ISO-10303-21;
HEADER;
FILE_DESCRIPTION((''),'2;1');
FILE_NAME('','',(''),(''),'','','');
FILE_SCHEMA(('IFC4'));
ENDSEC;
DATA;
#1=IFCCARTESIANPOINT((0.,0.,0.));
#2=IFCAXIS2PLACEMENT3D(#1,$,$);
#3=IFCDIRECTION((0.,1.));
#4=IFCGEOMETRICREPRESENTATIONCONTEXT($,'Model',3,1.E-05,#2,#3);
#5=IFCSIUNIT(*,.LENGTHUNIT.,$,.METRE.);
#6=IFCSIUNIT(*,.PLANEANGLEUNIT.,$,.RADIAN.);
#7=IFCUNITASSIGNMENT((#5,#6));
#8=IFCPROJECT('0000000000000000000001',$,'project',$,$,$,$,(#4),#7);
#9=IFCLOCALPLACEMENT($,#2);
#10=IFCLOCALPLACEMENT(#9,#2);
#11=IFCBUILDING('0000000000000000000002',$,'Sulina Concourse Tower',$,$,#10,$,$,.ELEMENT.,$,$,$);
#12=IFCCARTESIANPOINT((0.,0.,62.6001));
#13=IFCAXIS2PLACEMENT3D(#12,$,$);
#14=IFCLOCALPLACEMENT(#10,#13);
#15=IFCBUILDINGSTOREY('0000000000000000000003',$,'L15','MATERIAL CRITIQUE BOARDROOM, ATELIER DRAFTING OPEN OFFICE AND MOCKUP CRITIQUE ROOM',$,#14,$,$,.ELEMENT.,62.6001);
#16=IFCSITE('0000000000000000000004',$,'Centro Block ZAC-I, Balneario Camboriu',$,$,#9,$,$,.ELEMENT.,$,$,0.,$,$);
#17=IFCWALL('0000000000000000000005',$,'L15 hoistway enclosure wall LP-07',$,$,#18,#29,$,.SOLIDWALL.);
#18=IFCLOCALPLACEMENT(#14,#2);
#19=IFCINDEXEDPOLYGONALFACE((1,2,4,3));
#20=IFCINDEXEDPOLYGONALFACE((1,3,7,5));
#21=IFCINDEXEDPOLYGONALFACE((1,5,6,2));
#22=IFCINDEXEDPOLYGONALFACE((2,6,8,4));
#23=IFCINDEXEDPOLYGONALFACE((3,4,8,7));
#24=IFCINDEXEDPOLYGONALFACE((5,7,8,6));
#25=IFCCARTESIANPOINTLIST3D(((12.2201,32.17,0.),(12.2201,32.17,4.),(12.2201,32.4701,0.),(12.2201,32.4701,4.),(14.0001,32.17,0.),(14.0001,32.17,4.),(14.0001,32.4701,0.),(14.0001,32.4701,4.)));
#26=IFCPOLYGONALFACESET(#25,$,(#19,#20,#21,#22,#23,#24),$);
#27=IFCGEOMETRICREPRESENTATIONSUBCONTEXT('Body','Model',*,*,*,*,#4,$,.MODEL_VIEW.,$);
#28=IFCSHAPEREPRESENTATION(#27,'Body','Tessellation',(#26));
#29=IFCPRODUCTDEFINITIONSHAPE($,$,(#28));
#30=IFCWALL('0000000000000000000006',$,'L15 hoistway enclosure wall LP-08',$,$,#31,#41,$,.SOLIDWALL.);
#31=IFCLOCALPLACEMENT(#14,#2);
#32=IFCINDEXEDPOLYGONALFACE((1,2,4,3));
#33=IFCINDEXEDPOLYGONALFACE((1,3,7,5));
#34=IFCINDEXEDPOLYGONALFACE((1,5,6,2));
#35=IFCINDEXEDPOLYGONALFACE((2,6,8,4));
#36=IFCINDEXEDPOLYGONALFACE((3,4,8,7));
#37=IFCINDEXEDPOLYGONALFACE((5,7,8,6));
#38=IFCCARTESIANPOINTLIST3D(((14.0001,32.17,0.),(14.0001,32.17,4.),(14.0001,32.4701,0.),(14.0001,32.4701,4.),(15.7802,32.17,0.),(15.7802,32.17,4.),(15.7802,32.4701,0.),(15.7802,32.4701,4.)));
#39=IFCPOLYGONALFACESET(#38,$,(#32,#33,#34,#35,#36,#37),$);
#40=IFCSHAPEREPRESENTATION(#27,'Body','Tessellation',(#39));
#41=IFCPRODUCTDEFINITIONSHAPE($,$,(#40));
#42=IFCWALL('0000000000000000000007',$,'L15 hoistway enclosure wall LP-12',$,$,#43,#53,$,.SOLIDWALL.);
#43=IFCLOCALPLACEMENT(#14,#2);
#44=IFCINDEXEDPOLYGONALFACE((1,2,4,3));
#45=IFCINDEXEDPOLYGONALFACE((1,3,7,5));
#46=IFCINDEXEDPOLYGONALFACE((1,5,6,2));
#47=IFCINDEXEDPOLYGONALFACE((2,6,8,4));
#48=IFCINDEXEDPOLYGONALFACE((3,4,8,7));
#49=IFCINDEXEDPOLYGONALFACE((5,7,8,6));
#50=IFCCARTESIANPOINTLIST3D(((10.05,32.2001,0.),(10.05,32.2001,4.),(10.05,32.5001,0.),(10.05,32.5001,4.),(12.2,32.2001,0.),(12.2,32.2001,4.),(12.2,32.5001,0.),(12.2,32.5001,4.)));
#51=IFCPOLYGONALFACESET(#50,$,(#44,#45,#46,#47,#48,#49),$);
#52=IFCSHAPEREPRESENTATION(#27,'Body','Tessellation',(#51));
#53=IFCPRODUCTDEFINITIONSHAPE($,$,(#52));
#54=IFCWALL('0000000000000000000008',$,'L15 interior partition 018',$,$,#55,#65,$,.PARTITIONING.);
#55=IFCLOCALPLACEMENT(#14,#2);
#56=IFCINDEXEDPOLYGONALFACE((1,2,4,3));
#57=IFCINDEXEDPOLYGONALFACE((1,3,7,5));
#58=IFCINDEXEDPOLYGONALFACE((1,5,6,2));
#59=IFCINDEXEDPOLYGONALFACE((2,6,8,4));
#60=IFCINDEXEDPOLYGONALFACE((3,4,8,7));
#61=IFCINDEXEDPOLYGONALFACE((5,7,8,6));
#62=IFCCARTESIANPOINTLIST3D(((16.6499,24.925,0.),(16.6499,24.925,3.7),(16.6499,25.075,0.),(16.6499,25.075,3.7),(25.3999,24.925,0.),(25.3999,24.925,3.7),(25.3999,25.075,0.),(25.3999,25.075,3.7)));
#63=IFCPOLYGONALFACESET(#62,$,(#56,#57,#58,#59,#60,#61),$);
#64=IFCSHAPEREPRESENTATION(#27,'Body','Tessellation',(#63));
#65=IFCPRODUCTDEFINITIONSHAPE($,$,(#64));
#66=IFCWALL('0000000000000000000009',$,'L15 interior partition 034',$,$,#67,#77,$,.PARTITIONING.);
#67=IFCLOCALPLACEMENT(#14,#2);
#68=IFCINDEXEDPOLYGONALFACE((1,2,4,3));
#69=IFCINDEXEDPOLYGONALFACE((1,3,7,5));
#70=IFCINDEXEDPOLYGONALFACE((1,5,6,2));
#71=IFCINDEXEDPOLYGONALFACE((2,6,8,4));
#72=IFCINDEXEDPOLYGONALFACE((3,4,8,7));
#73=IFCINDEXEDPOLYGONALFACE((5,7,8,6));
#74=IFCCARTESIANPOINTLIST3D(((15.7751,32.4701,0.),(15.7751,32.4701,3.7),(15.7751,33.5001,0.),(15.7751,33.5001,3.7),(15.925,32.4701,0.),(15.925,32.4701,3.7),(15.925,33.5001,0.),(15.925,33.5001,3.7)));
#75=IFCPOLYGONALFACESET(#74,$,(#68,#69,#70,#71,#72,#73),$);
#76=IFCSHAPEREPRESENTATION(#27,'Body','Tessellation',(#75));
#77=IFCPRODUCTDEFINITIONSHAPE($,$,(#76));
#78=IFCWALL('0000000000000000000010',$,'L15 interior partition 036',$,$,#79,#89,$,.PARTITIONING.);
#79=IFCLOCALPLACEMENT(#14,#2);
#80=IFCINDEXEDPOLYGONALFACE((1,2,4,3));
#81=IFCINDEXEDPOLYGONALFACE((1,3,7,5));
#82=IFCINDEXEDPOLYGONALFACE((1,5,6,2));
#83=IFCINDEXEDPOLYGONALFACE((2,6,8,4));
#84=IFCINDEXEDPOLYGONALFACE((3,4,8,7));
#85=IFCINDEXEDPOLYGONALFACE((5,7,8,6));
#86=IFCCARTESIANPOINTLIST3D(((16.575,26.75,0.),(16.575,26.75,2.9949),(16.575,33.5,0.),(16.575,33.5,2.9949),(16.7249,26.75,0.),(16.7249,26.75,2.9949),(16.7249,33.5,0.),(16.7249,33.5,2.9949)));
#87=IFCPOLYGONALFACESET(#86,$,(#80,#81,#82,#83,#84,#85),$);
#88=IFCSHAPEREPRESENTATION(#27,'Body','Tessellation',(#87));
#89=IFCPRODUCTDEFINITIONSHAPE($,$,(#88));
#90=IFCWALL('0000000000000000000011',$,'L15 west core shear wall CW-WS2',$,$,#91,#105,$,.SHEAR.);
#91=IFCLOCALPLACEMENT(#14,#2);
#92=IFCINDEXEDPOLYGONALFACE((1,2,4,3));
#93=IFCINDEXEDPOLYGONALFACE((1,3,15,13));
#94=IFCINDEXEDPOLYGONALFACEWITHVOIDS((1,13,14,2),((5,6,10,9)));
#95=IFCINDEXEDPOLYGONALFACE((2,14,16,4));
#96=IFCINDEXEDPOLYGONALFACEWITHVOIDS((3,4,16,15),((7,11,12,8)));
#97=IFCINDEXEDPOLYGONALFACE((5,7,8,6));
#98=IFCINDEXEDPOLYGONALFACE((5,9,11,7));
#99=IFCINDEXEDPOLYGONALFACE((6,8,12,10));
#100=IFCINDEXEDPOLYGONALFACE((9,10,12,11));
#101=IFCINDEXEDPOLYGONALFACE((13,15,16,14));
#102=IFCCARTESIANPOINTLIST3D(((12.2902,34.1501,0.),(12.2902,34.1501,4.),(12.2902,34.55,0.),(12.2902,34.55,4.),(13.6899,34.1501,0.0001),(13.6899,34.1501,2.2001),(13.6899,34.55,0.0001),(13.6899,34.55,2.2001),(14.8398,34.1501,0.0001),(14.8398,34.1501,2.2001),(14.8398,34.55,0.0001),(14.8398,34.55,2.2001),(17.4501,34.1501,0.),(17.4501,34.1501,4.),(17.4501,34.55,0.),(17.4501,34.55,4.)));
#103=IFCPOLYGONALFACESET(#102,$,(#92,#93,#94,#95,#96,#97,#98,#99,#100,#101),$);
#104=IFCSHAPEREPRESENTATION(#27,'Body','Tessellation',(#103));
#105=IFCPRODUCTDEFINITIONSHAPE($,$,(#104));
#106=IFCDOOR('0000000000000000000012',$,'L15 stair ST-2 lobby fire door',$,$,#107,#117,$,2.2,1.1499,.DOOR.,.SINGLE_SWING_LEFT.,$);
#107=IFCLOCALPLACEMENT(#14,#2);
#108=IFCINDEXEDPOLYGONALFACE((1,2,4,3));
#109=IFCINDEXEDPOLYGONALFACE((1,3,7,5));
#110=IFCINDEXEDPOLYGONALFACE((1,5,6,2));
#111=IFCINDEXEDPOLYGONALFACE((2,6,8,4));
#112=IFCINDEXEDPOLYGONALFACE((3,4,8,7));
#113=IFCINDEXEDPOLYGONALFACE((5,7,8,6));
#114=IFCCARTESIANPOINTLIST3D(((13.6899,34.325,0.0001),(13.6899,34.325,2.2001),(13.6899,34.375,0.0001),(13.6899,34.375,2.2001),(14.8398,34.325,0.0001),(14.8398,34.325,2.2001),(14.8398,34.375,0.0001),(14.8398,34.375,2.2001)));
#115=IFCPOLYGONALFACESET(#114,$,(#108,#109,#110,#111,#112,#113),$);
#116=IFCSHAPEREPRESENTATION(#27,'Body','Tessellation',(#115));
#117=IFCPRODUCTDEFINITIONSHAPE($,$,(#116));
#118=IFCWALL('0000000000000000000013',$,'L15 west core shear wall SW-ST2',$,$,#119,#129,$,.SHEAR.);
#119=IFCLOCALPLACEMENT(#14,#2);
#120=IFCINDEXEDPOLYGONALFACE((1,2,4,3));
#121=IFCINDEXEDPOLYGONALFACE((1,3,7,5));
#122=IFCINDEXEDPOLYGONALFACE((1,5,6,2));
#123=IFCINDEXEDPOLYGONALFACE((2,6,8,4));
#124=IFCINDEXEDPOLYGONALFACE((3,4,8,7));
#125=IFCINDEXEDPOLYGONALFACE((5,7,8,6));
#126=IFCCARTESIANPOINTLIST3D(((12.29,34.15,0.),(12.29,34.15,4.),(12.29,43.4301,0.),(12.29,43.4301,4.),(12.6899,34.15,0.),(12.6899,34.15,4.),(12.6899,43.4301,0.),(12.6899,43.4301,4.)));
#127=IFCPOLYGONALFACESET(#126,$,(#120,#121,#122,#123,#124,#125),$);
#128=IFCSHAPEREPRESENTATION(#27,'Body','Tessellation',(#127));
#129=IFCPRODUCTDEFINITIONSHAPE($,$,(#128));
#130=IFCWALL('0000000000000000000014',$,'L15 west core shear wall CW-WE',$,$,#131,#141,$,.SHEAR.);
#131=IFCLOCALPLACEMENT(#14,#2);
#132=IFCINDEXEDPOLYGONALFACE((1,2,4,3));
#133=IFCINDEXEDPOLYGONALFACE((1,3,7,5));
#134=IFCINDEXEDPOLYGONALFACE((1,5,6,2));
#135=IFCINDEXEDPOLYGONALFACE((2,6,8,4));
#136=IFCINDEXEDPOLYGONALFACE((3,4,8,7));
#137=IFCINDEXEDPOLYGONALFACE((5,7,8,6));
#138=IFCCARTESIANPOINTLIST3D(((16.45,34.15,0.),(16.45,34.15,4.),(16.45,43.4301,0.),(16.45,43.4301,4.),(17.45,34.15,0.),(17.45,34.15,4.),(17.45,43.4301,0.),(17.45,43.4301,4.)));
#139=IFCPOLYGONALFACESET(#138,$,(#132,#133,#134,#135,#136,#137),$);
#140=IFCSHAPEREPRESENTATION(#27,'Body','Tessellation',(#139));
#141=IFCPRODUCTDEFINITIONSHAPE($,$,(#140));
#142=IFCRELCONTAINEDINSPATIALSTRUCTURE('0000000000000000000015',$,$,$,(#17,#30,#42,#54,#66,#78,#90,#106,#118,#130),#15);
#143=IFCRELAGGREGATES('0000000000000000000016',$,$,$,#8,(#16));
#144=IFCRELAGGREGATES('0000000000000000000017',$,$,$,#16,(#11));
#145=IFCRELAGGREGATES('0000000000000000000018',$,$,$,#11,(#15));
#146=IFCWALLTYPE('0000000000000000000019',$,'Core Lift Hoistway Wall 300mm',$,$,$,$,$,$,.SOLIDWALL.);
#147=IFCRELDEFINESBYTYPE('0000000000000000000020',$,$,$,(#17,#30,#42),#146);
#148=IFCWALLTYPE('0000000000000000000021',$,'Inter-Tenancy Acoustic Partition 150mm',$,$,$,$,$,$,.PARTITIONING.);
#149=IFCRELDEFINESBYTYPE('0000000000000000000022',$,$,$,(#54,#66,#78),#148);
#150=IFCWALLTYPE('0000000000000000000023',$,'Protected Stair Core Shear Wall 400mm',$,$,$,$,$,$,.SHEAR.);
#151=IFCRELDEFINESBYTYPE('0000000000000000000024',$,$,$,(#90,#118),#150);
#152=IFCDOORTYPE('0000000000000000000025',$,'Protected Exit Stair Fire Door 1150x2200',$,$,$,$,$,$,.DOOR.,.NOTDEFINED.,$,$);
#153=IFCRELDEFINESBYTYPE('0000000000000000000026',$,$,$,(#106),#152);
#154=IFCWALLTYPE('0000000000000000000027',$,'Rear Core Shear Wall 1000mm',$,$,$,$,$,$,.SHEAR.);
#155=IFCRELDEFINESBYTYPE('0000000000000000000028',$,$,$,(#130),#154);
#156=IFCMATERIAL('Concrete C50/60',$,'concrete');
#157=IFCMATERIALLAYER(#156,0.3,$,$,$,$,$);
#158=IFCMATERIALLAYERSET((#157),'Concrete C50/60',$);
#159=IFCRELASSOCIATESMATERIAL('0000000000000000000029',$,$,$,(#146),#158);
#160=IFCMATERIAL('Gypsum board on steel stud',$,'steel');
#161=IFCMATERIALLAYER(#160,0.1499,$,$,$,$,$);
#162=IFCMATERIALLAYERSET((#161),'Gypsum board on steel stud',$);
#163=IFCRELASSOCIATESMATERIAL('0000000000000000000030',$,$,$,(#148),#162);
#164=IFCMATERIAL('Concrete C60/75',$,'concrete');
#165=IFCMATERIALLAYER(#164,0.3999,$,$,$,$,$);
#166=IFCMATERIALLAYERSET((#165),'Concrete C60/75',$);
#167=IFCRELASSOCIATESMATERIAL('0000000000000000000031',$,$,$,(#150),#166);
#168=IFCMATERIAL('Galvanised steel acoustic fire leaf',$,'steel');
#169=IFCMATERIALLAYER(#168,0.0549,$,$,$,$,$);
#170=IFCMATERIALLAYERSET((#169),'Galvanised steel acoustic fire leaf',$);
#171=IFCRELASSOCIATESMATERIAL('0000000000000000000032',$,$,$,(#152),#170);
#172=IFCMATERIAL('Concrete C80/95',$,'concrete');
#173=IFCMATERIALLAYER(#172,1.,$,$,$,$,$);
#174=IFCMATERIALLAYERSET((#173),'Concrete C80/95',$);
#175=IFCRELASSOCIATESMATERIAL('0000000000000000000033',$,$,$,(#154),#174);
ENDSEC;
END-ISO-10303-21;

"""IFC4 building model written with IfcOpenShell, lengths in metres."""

from ifc_helpers import new_model, si_unit, direction, frame, frame_2d, origin, place, context, subcontext, project, spatial, rectangle, extrude, material, layer, layer_set, type_object, element, fill, save


model = new_model("IFC4")

# Units and contexts
model_context = context("Model", 3, precision=1e-05, world=origin(), true_north=direction((0.0, 1.0)))
body_context = subcontext(model_context, "Body", "Model", "MODEL_VIEW")
ifc_project = project(units=[si_unit("LENGTHUNIT", "METRE"), si_unit("PLANEANGLEUNIT", "RADIAN")], contexts=[model_context])

# Site, building, storey
site_placement = place(None, origin())
site = spatial("IfcSite", under=ifc_project, at=site_placement, Name="Centro Block ZAC-I, Balneario Camboriu", CompositionType="ELEMENT", RefElevation=0.0)
building_placement = place(site_placement, origin())
building = spatial("IfcBuilding", under=site, at=building_placement, Name="Sulina Concourse Tower", CompositionType="ELEMENT")
storey_placement = place(building_placement, frame((0.0, 0.0, 62.6001)))
storey = spatial("IfcBuildingStorey", under=building, at=storey_placement, Name="L15", Description="MATERIAL CRITIQUE BOARDROOM, ATELIER DRAFTING OPEN OFFICE AND MOCKUP CRITIQUE ROOM", CompositionType="ELEMENT", Elevation=62.6001)

# Walls
ifc_material_1 = material(Name="Concrete C50/60", Category="concrete")
ifc_layer_1 = layer(ifc_material_1, 0.3)
ifc_layer_set_1 = layer_set([ifc_layer_1], Name="Concrete C50/60")
wall_type_1 = type_object("IfcWallType", Name="Core Lift Hoistway Wall 300mm", PredefinedType="SOLIDWALL", material=ifc_layer_set_1)
for number, where, z_axis, x_axis, name in (
    (1, (12.22, 32.3201, 0.0), (0.0, 0.0, 1.0), (1.0, 0.0, 0.0), "L15 hoistway enclosure wall LP-07"),
    (2, (14.0, 32.3201, 0.0), (0.0, 0.0, 1.0), (1.0, 0.0, 0.0), "L15 hoistway enclosure wall LP-08"),
):
    element("IfcWall", number, at=place(storey_placement, frame(where, z_axis=z_axis, x_axis=x_axis)), inside=storey, type_object=wall_type_1, Name=name, PredefinedType="SOLIDWALL", context=body_context, shape_type="SweptSolid", body=[
        extrude(rectangle(XDim=1.78, YDim=0.3, at=frame_2d((0.8901, 0.0))), origin(), (0.0, 0.0, 1.0), 4.0),
    ])
wall_1_placement = place(storey_placement, frame((10.05, 32.3501, 0.0), z_axis=(0.0, 0.0, 1.0), x_axis=(1.0, 0.0, 0.0)))
element("IfcWall", 3, at=wall_1_placement, inside=storey, type_object=wall_type_1, Name="L15 hoistway enclosure wall LP-12", PredefinedType="SOLIDWALL", context=body_context, shape_type="SweptSolid", body=[
    extrude(rectangle(XDim=2.1499, YDim=0.3, at=frame_2d((1.075, 0.0))), origin(), (0.0, 0.0, 1.0), 4.0),
])
ifc_material_2 = material(Name="Gypsum board on steel stud", Category="steel")
ifc_layer_2 = layer(ifc_material_2, 0.1499)
ifc_layer_set_2 = layer_set([ifc_layer_2], Name="Gypsum board on steel stud")
wall_type_2 = type_object("IfcWallType", Name="Inter-Tenancy Acoustic Partition 150mm", PredefinedType="PARTITIONING", material=ifc_layer_set_2)
wall_2_placement = place(storey_placement, frame((16.6499, 25.0, 0.0), z_axis=(0.0, 0.0, 1.0), x_axis=(1.0, 0.0, 0.0)))
element("IfcWall", 4, at=wall_2_placement, inside=storey, type_object=wall_type_2, Name="L15 interior partition 018", PredefinedType="PARTITIONING", context=body_context, shape_type="SweptSolid", body=[
    extrude(rectangle(XDim=8.75, YDim=0.1499, at=frame_2d((4.375, 0.0))), origin(), (0.0, 0.0, 1.0), 3.7),
])
wall_3_placement = place(storey_placement, frame((15.8501, 32.47, 0.0), z_axis=(0.0, 0.0, 1.0), x_axis=(0.0, 1.0, 0.0)))
element("IfcWall", 5, at=wall_3_placement, inside=storey, type_object=wall_type_2, Name="L15 interior partition 034", PredefinedType="PARTITIONING", context=body_context, shape_type="SweptSolid", body=[
    extrude(rectangle(XDim=1.03, YDim=0.1499, at=frame_2d((0.5151, 0.0))), origin(), (0.0, 0.0, 1.0), 3.7),
])
wall_4_placement = place(storey_placement, frame((16.6499, 26.75, 0.0), z_axis=(0.0, 0.0, 1.0), x_axis=(0.0, 1.0, 0.0)))
element("IfcWall", 6, at=wall_4_placement, inside=storey, type_object=wall_type_2, Name="L15 interior partition 036", PredefinedType="PARTITIONING", context=body_context, shape_type="SweptSolid", body=[
    extrude(rectangle(XDim=6.75, YDim=0.1499, at=frame_2d((3.375, 0.0))), origin(), (0.0, 0.0, 1.0), 2.9949),
])

# Wall, opening, door
ifc_material_3 = material(Name="Concrete C60/75", Category="concrete")
ifc_layer_3 = layer(ifc_material_3, 0.3999)
ifc_layer_set_3 = layer_set([ifc_layer_3], Name="Concrete C60/75")
wall_type_3 = type_object("IfcWallType", Name="Protected Stair Core Shear Wall 400mm", PredefinedType="SHEAR", material=ifc_layer_set_3)
wall_5_placement = place(storey_placement, frame((12.29, 34.3501, 0.0), z_axis=(0.0, 0.0, 1.0), x_axis=(1.0, 0.0, 0.0)))
wall_5 = element("IfcWall", 7, at=wall_5_placement, inside=storey, type_object=wall_type_3, Name="L15 west core shear wall CW-WS2", PredefinedType="SHEAR", context=body_context, shape_type="SweptSolid", body=[
    extrude(rectangle(XDim=5.1599, YDim=0.3999, at=frame_2d((2.5801, 0.0))), origin(), (0.0, 0.0, 1.0), 4.0),
])
opening_placement = place(wall_5_placement, frame((1.3999, 0.0, 0.0)))
opening = element("IfcOpeningElement", 8, at=opening_placement, cuts=wall_5, PredefinedType="OPENING", context=body_context, shape_type="SweptSolid", body=[
    extrude(rectangle(XDim=1.1499, YDim=2.2, at=frame_2d((0.575, 1.1001))), frame((0.0, 0.21, 0.0), z_axis=(0.0, -1.0, 0.0), x_axis=(1.0, 0.0, 0.0)), (0.0, 0.0, 1.0), 0.4199),
])
ifc_material_4 = material(Name="Galvanised steel acoustic fire leaf", Category="steel")
ifc_layer_4 = layer(ifc_material_4, 0.0549)
ifc_layer_set_4 = layer_set([ifc_layer_4], Name="Galvanised steel acoustic fire leaf")
door_type = type_object("IfcDoorType", Name="Protected Exit Stair Fire Door 1150x2200", OperationType="NOTDEFINED", PredefinedType="DOOR", material=ifc_layer_set_4)
door_placement = place(opening_placement, origin())
door = element("IfcDoor", 9, at=door_placement, inside=storey, type_object=door_type, Name="L15 stair ST-2 lobby fire door", OperationType="SINGLE_SWING_LEFT", OverallHeight=2.2, OverallWidth=1.1499, PredefinedType="DOOR", context=body_context, shape_type="SweptSolid", body=[
    extrude(rectangle(XDim=1.1499, YDim=2.2, at=frame_2d((0.575, 1.1001))), frame((0.0, 0.0249, 0.0), z_axis=(0.0, -1.0, 0.0), x_axis=(1.0, 0.0, 0.0)), (0.0, 0.0, 1.0), 0.05),
])
fill(opening, door)

# Walls
wall_6_placement = place(storey_placement, frame((12.49, 34.1499, 0.0), z_axis=(0.0, 0.0, 1.0), x_axis=(0.0, 1.0, 0.0)))
element("IfcWall", 10, at=wall_6_placement, inside=storey, type_object=wall_type_3, Name="L15 west core shear wall SW-ST2", PredefinedType="SHEAR", context=body_context, shape_type="SweptSolid", body=[
    extrude(rectangle(XDim=9.28, YDim=0.3999, at=frame_2d((4.6401, 0.0))), origin(), (0.0, 0.0, 1.0), 4.0),
])
ifc_material_5 = material(Name="Concrete C80/95", Category="concrete")
ifc_layer_5 = layer(ifc_material_5, 1.0)
ifc_layer_set_5 = layer_set([ifc_layer_5], Name="Concrete C80/95")
wall_type_4 = type_object("IfcWallType", Name="Rear Core Shear Wall 1000mm", PredefinedType="SHEAR", material=ifc_layer_set_5)
wall_7_placement = place(storey_placement, frame((16.95, 34.1499, 0.0), z_axis=(0.0, 0.0, 1.0), x_axis=(0.0, 1.0, 0.0)))
element("IfcWall", 11, at=wall_7_placement, inside=storey, type_object=wall_type_4, Name="L15 west core shear wall CW-WE", PredefinedType="SHEAR", context=body_context, shape_type="SweptSolid", body=[
    extrude(rectangle(XDim=9.28, YDim=1.0, at=frame_2d((4.6401, 0.0))), origin(), (0.0, 0.0, 1.0), 4.0),
])

save(model, "model.ifc")
